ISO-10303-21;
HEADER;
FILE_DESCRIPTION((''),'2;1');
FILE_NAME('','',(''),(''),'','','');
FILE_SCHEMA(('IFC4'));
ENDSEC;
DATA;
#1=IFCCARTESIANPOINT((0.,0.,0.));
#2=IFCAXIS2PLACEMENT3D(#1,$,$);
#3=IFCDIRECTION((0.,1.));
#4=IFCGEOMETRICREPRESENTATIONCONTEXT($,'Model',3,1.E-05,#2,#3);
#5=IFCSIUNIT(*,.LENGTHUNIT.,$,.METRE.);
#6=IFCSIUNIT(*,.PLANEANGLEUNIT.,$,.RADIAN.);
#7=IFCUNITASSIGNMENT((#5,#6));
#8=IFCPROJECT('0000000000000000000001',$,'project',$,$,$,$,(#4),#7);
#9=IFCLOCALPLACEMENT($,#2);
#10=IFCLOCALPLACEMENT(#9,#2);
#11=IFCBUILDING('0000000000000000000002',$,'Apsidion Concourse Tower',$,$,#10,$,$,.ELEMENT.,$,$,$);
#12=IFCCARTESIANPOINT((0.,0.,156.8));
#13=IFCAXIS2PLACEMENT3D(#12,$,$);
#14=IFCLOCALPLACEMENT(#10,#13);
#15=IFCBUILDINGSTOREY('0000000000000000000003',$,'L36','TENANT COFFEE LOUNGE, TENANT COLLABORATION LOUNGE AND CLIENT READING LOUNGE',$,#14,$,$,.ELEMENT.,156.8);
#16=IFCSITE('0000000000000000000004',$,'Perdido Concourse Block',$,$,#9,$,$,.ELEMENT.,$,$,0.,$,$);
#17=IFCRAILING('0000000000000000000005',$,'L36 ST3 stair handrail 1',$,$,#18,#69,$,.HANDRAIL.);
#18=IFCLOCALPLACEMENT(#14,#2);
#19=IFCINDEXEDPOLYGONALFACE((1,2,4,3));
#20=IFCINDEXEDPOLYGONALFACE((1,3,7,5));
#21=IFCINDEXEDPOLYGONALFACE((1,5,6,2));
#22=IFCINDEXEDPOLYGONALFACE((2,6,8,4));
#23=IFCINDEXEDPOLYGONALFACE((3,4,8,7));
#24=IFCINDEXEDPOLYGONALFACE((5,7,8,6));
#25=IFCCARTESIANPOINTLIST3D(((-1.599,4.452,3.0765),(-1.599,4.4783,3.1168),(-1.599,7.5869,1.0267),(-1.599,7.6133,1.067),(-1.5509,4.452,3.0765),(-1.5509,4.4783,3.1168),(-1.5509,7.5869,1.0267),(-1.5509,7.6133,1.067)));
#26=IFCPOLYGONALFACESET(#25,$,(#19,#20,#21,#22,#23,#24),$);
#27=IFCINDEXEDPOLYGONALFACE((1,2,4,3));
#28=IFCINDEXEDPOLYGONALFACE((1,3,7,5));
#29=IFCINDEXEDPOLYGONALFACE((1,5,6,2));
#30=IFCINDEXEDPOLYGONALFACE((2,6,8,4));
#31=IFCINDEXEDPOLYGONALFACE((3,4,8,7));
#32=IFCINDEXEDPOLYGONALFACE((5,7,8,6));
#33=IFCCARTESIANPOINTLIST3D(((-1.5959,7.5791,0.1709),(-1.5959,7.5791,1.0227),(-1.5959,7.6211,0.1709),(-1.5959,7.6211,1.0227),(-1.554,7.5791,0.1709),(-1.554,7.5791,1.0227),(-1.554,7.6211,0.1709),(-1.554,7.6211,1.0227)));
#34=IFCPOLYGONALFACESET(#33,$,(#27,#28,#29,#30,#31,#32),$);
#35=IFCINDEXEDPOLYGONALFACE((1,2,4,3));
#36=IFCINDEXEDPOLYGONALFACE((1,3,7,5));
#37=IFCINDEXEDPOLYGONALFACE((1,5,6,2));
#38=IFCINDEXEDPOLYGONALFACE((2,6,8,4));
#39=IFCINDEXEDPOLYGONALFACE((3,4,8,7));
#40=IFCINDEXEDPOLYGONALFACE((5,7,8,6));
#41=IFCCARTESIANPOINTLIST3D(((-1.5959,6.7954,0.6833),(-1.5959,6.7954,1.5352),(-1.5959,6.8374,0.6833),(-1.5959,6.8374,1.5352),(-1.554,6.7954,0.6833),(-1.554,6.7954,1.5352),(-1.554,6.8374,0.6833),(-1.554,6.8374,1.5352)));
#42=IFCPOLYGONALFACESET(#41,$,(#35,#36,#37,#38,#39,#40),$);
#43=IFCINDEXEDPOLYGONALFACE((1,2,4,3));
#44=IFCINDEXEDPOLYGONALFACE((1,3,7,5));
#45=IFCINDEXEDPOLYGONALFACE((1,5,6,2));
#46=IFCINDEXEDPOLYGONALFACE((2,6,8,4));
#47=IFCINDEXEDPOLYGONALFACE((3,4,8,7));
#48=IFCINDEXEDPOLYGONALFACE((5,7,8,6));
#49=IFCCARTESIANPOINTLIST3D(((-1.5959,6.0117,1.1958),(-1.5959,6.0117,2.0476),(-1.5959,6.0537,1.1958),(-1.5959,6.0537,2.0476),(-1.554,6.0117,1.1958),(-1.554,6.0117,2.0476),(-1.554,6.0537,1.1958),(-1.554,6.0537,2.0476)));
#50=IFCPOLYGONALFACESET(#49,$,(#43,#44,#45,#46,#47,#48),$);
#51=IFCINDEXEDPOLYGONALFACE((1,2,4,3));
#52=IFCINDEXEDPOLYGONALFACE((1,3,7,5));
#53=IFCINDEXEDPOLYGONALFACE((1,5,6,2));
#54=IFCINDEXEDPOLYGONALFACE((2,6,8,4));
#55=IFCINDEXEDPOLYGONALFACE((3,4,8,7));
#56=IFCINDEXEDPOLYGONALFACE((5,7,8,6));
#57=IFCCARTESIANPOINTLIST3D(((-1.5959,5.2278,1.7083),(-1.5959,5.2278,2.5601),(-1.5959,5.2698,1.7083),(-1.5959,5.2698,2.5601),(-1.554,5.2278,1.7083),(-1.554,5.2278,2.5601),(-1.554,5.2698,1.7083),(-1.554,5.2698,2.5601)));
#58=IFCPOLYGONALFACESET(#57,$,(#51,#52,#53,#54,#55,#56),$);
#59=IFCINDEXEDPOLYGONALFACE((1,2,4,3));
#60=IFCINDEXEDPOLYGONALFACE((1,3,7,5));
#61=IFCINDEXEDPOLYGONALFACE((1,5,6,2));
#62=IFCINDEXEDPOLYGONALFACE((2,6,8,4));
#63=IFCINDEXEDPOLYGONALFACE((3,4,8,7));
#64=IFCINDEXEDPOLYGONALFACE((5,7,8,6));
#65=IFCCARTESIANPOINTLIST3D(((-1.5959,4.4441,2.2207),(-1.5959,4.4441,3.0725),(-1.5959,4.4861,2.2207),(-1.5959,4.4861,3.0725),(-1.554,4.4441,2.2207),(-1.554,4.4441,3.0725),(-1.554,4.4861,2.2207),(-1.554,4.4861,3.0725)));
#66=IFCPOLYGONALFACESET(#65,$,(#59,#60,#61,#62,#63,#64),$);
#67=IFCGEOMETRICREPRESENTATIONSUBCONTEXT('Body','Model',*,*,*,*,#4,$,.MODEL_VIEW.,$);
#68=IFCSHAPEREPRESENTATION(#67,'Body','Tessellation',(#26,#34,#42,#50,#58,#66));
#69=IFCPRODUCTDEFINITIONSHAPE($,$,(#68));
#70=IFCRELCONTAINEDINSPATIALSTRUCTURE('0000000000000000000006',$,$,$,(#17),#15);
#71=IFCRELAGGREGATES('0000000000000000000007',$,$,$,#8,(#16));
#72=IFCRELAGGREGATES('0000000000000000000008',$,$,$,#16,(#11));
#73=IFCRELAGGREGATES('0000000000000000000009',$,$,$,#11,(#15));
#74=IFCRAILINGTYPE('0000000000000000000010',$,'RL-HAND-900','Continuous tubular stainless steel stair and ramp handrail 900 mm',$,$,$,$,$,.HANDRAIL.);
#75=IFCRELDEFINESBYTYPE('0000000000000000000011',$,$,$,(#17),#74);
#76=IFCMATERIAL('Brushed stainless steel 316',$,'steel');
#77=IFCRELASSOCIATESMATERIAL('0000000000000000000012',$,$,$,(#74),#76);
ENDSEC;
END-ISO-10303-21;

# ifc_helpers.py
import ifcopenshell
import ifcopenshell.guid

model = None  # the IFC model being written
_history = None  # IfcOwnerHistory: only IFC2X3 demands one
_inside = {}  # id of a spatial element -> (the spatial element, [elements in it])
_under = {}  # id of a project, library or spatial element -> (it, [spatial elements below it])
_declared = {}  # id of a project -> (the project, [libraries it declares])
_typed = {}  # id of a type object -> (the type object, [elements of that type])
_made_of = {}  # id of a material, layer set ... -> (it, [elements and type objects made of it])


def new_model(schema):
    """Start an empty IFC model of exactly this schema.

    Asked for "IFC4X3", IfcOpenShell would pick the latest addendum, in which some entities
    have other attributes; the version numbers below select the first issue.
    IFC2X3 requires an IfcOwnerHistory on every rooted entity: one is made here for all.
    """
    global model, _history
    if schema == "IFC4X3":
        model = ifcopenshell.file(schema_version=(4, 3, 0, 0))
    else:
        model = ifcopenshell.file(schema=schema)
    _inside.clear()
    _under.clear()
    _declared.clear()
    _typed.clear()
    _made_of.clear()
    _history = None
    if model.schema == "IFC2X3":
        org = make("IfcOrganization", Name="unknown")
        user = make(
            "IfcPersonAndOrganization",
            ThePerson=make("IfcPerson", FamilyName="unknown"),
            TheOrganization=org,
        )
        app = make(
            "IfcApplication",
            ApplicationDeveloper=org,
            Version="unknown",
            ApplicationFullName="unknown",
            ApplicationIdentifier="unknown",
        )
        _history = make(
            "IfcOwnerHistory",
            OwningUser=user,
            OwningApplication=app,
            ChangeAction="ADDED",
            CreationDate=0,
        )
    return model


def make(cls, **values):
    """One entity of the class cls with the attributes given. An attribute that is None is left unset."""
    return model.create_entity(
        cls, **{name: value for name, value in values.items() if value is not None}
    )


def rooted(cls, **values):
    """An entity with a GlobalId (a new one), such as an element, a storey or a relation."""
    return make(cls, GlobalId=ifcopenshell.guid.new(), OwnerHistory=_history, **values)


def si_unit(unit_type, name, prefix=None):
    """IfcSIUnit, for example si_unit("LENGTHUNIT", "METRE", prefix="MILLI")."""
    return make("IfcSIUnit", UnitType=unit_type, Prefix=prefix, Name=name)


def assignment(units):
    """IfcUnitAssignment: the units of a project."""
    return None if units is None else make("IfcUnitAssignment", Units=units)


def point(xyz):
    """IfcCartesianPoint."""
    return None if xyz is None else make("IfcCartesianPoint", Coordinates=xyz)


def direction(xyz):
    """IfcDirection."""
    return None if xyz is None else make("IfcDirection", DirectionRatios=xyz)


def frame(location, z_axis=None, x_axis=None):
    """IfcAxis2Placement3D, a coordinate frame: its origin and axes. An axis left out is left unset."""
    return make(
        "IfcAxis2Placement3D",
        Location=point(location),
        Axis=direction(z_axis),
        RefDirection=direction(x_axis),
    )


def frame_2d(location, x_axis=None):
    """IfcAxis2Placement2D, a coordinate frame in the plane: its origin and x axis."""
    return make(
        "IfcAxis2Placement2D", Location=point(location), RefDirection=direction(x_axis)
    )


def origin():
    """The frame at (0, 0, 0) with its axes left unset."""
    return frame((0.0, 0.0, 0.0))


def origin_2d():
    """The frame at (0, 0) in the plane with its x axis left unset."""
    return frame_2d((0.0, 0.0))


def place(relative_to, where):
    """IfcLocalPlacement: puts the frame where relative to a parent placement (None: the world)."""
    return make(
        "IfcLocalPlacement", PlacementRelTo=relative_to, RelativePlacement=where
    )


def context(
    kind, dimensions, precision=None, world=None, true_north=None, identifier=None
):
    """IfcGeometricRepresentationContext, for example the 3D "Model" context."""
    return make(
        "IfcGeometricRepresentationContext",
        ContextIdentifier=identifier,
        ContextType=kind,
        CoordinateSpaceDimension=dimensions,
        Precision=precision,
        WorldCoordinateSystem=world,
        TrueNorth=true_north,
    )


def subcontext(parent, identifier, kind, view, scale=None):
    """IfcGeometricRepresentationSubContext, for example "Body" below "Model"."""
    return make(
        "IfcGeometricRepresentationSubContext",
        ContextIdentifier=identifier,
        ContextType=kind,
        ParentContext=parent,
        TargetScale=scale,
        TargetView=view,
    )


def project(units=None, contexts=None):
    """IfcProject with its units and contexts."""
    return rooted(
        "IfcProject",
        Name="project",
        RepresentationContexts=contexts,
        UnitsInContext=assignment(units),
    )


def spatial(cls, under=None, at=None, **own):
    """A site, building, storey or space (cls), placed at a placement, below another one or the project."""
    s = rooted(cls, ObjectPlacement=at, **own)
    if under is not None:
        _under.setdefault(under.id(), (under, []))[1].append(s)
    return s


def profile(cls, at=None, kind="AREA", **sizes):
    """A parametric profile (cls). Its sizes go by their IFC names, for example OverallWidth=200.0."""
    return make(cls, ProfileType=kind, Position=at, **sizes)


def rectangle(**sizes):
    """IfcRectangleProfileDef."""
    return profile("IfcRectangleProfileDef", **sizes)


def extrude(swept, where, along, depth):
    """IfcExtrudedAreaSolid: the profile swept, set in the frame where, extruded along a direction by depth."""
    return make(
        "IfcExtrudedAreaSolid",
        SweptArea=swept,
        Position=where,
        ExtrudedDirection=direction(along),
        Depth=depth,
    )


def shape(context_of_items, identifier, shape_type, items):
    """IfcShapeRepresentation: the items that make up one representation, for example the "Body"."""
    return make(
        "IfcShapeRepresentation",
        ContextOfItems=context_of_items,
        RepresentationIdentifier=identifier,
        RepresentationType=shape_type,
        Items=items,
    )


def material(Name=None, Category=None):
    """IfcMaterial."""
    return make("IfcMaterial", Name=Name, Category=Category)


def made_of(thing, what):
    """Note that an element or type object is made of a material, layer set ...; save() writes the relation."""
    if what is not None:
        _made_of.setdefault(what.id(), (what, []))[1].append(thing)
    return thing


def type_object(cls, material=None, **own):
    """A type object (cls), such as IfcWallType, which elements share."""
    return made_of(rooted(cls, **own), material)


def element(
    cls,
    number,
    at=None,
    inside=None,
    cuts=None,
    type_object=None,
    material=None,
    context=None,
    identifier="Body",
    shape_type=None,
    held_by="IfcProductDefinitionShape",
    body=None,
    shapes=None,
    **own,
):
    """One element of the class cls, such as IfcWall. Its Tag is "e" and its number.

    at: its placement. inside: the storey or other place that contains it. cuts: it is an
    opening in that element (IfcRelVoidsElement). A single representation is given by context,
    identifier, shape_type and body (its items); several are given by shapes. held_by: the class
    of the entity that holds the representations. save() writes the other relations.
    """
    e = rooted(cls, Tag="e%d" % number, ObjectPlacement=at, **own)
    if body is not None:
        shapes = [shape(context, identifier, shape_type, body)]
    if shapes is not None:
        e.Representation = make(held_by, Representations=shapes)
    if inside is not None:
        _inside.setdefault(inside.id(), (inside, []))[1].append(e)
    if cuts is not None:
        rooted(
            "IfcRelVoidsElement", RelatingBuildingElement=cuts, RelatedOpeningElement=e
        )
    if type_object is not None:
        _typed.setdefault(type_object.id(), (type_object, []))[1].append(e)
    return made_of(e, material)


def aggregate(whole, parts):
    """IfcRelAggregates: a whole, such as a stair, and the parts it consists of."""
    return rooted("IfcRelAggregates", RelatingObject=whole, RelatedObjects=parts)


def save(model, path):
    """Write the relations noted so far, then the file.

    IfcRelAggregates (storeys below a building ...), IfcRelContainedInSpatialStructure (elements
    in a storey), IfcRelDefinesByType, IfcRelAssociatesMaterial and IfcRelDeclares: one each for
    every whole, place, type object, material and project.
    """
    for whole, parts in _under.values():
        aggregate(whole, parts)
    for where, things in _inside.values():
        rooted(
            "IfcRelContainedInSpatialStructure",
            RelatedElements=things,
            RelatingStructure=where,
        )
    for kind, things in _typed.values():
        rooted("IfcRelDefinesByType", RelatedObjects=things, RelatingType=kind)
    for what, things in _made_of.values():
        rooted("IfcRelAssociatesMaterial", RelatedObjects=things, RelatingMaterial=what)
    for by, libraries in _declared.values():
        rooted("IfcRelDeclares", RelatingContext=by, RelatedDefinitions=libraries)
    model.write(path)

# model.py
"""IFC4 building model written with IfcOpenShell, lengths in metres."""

from ifc_helpers import new_model, si_unit, direction, frame, origin, origin_2d, place, context, subcontext, project, spatial, rectangle, extrude, material, type_object, element, save


model = new_model("IFC4")

# Units and contexts
model_context = context("Model", 3, precision=1e-05, world=origin(), true_north=direction((0.0, 1.0)))
body_context = subcontext(model_context, "Body", "Model", "MODEL_VIEW")
ifc_project = project(units=[si_unit("LENGTHUNIT", "METRE"), si_unit("PLANEANGLEUNIT", "RADIAN")], contexts=[model_context])

# Site, building, storey
site_placement = place(None, origin())
site = spatial("IfcSite", under=ifc_project, at=site_placement, Name="Perdido Concourse Block", CompositionType="ELEMENT", RefElevation=0.0)
building_placement = place(site_placement, origin())
building = spatial("IfcBuilding", under=site, at=building_placement, Name="Apsidion Concourse Tower", CompositionType="ELEMENT")
storey_placement = place(building_placement, frame((0.0, 0.0, 156.8)))
storey = spatial("IfcBuildingStorey", under=building, at=storey_placement, Name="L36", Description="TENANT COFFEE LOUNGE, TENANT COLLABORATION LOUNGE AND CLIENT READING LOUNGE", CompositionType="ELEMENT", Elevation=156.8)

# Shared definitions
ifc_material_1 = material(Name="Brushed stainless steel 316", Category="steel")

# Railing
railing_type_1 = type_object("IfcRailingType", Name="RL-HAND-900", Description="Continuous tubular stainless steel stair and ramp handrail 900 mm", PredefinedType="HANDRAIL", material=ifc_material_1)
railing_1_placement = place(storey_placement, frame((-1.575, 7.6001, 0.1709)))
element("IfcRailing", 1, at=railing_1_placement, inside=storey, type_object=railing_type_1, Name="L36 ST3 stair handrail 1", PredefinedType="HANDRAIL", context=body_context, shape_type="SweptSolid", body=[
    extrude(rectangle(XDim=0.0481, YDim=0.0481, at=origin_2d()), frame((0.0, 0.0, 0.876), z_axis=(0.0, -0.836971, 0.547248), x_axis=(1.0, 0.0, 0.0)), (0.0, 0.0, 1.0), 3.7456),
    extrude(rectangle(XDim=0.042, YDim=0.042, at=origin_2d()), origin(), (0.0, 0.0, 1.0), 0.8518),
    extrude(rectangle(XDim=0.042, YDim=0.042, at=origin_2d()), frame((0.0, -0.7837, 0.5125)), (0.0, 0.0, 1.0), 0.8518),
    extrude(rectangle(XDim=0.042, YDim=0.042, at=origin_2d()), frame((0.0, -1.5674, 1.0249)), (0.0, 0.0, 1.0), 0.8518),
    extrude(rectangle(XDim=0.042, YDim=0.042, at=origin_2d()), frame((0.0, -2.3513, 1.5374)), (0.0, 0.0, 1.0), 0.8518),
    extrude(rectangle(XDim=0.042, YDim=0.042, at=origin_2d()), frame((0.0, -3.135, 2.0498)), (0.0, 0.0, 1.0), 0.8518),
])

save(model, "model.ifc")
